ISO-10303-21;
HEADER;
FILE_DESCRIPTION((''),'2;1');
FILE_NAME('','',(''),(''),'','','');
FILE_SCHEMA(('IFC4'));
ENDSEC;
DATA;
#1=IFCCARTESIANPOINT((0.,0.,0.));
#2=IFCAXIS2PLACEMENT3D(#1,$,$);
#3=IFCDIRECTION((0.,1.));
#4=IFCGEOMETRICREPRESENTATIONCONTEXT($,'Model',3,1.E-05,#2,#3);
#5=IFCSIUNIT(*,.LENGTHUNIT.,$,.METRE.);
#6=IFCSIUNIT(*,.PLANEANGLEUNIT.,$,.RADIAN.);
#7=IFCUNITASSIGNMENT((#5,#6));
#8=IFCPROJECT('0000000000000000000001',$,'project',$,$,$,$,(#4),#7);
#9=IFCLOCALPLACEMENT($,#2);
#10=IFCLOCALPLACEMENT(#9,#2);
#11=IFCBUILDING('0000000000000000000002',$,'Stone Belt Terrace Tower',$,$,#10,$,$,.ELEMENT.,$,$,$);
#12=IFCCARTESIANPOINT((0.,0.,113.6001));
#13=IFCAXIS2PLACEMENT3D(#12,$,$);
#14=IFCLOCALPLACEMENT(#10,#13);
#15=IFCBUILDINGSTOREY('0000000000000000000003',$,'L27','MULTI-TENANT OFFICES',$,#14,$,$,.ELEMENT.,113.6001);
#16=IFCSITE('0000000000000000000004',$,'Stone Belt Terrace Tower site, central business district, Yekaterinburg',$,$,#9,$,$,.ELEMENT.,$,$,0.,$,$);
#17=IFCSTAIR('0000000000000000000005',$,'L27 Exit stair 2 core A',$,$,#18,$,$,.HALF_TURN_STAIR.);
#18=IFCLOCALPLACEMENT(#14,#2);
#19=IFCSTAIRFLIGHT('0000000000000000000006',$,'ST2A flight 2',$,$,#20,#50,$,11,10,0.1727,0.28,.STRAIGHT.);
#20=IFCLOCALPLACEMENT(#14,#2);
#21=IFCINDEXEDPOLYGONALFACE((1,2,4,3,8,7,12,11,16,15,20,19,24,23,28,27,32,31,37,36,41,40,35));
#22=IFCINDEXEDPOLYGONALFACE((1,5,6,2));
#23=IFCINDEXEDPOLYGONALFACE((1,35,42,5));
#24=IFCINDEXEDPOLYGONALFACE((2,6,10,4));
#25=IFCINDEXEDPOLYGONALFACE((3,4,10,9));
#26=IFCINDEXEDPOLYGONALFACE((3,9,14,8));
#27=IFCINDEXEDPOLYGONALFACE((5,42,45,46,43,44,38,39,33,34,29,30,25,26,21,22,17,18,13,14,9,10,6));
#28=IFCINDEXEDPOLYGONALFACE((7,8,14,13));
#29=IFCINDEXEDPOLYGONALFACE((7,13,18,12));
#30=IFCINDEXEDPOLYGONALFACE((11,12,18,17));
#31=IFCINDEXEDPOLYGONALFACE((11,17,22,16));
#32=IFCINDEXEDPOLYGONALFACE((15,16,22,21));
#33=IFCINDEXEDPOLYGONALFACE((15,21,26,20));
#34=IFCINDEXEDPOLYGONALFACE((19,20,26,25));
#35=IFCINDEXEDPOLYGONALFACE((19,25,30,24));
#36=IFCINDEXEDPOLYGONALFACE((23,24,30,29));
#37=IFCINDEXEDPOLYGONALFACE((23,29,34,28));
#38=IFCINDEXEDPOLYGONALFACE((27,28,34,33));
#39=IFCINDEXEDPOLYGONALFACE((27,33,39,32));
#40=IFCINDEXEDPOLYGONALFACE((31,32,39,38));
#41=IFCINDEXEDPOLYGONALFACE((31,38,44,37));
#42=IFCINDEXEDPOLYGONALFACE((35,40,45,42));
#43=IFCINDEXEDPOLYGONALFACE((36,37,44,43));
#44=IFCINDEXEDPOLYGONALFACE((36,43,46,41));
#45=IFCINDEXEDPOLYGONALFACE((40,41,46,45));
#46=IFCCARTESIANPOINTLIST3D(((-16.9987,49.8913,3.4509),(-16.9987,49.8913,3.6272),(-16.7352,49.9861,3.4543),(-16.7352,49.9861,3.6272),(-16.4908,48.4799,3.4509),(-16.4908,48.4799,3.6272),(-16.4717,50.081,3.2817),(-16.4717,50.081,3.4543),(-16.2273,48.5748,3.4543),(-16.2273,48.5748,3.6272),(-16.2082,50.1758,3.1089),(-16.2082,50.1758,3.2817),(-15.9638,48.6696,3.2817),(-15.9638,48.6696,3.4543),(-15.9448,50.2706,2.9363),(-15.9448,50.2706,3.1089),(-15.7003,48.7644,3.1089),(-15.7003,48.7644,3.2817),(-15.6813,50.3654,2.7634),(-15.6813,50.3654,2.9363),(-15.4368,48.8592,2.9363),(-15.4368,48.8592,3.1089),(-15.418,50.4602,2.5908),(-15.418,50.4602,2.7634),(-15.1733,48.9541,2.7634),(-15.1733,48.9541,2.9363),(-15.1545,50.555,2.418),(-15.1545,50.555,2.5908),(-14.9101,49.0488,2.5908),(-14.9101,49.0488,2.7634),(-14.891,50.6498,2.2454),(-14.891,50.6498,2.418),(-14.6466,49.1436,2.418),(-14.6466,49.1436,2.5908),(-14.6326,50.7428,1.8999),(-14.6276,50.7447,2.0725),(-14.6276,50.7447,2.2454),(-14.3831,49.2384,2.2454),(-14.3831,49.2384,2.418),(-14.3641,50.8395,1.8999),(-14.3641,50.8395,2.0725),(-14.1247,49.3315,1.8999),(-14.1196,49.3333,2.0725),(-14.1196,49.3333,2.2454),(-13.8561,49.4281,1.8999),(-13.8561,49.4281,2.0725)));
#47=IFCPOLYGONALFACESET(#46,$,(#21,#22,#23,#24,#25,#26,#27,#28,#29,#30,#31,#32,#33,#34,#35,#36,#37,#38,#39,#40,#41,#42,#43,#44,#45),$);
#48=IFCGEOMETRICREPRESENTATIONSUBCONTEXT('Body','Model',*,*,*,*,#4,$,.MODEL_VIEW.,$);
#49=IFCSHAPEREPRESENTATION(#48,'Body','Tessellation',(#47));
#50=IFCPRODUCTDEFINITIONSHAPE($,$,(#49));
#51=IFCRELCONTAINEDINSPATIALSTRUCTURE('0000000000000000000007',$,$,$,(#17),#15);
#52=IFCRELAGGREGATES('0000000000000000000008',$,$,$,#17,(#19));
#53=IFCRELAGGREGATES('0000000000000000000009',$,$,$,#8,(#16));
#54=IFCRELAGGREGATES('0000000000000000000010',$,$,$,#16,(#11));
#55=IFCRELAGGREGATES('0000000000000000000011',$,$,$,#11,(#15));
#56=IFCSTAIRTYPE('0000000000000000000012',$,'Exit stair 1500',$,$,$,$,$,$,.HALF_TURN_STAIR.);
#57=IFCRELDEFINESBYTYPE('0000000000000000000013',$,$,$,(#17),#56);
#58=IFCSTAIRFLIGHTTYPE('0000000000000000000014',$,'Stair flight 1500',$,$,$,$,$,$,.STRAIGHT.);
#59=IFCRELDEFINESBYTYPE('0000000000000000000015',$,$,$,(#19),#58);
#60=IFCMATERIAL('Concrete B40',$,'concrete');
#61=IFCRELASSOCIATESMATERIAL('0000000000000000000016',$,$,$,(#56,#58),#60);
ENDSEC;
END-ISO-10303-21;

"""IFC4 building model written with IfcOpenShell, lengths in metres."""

from ifc_helpers import new_model, si_unit, direction, frame, origin, place, context, subcontext, project, spatial, polyline, outline, extrude, material, type_object, element, aggregate, save


model = new_model("IFC4")

# Units and contexts
model_context = context("Model", 3, precision=1e-05, world=origin(), true_north=direction((0.0, 1.0)))
body_context = subcontext(model_context, "Body", "Model", "MODEL_VIEW")
ifc_project = project(units=[si_unit("LENGTHUNIT", "METRE"), si_unit("PLANEANGLEUNIT", "RADIAN")], contexts=[model_context])

# Site, building, storey
site_placement = place(None, origin())
site = spatial("IfcSite", under=ifc_project, at=site_placement, Name="Stone Belt Terrace Tower site, central business district, Yekaterinburg", CompositionType="ELEMENT", RefElevation=0.0)
building_placement = place(site_placement, origin())
building = spatial("IfcBuilding", under=site, at=building_placement, Name="Stone Belt Terrace Tower", CompositionType="ELEMENT")
storey_placement = place(building_placement, frame((0.0, 0.0, 113.6001)))
storey = spatial("IfcBuildingStorey", under=building, at=storey_placement, Name="L27", Description="MULTI-TENANT OFFICES", CompositionType="ELEMENT", Elevation=113.6001)

# Stair, stair flight
ifc_material_1 = material(Name="Concrete B40", Category="concrete")
stair_type = type_object("IfcStairType", Name="Exit stair 1500", PredefinedType="HALF_TURN_STAIR", material=ifc_material_1)
stair_placement = place(storey_placement, origin())
stair = element("IfcStair", 1, at=stair_placement, inside=storey, type_object=stair_type, Name="L27 Exit stair 2 core A", PredefinedType="HALF_TURN_STAIR")
stair_flight_type = type_object("IfcStairFlightType", Name="Stair flight 1500", PredefinedType="STRAIGHT", material=ifc_material_1)
stair_flight_placement = place(storey_placement, frame((-14.1101, 50.1338, 1.8999), z_axis=(0.0, 0.0, 1.0), x_axis=(-0.940922, -0.338624, 0.0)))
stair_flight = element("IfcStairFlight", 2, at=stair_flight_placement, type_object=stair_flight_type, Name="ST2A flight 2", NumberOfRisers=11, NumberOfTreads=10, PredefinedType="STRAIGHT", RiserHeight=0.1727, TreadLength=0.28, context=body_context, shape_type="SweptSolid", body=[
    extrude(outline(polyline([(0.0, 0.0), (0.0, 0.1726), (0.28, 0.1726), (0.28, 0.3455), (0.5601, 0.3455), (0.5601, 0.5181), (0.8401, 0.5181), (0.8401, 0.6909), (1.1201, 0.6909), (1.1201, 0.8635), (1.3999, 0.8635), (1.3999, 1.0364), (1.6799, 1.0364), (1.6799, 1.209), (1.96, 1.209), (1.96, 1.3818), (2.24, 1.3818), (2.24, 1.5544), (2.52, 1.5544), (2.52, 1.7273), (2.8, 1.7273), (2.8, 1.8999), (2.8, 1.551), (0.2854, 0.0), (0.0, 0.0)])), frame((0.0, 0.75, 0.0), z_axis=(0.0, -1.0, 0.0), x_axis=(1.0, 0.0, 0.0)), (0.0, 0.0, 1.0), 1.5),
])
aggregate(stair, [stair_flight])

save(model, "model.ifc")
